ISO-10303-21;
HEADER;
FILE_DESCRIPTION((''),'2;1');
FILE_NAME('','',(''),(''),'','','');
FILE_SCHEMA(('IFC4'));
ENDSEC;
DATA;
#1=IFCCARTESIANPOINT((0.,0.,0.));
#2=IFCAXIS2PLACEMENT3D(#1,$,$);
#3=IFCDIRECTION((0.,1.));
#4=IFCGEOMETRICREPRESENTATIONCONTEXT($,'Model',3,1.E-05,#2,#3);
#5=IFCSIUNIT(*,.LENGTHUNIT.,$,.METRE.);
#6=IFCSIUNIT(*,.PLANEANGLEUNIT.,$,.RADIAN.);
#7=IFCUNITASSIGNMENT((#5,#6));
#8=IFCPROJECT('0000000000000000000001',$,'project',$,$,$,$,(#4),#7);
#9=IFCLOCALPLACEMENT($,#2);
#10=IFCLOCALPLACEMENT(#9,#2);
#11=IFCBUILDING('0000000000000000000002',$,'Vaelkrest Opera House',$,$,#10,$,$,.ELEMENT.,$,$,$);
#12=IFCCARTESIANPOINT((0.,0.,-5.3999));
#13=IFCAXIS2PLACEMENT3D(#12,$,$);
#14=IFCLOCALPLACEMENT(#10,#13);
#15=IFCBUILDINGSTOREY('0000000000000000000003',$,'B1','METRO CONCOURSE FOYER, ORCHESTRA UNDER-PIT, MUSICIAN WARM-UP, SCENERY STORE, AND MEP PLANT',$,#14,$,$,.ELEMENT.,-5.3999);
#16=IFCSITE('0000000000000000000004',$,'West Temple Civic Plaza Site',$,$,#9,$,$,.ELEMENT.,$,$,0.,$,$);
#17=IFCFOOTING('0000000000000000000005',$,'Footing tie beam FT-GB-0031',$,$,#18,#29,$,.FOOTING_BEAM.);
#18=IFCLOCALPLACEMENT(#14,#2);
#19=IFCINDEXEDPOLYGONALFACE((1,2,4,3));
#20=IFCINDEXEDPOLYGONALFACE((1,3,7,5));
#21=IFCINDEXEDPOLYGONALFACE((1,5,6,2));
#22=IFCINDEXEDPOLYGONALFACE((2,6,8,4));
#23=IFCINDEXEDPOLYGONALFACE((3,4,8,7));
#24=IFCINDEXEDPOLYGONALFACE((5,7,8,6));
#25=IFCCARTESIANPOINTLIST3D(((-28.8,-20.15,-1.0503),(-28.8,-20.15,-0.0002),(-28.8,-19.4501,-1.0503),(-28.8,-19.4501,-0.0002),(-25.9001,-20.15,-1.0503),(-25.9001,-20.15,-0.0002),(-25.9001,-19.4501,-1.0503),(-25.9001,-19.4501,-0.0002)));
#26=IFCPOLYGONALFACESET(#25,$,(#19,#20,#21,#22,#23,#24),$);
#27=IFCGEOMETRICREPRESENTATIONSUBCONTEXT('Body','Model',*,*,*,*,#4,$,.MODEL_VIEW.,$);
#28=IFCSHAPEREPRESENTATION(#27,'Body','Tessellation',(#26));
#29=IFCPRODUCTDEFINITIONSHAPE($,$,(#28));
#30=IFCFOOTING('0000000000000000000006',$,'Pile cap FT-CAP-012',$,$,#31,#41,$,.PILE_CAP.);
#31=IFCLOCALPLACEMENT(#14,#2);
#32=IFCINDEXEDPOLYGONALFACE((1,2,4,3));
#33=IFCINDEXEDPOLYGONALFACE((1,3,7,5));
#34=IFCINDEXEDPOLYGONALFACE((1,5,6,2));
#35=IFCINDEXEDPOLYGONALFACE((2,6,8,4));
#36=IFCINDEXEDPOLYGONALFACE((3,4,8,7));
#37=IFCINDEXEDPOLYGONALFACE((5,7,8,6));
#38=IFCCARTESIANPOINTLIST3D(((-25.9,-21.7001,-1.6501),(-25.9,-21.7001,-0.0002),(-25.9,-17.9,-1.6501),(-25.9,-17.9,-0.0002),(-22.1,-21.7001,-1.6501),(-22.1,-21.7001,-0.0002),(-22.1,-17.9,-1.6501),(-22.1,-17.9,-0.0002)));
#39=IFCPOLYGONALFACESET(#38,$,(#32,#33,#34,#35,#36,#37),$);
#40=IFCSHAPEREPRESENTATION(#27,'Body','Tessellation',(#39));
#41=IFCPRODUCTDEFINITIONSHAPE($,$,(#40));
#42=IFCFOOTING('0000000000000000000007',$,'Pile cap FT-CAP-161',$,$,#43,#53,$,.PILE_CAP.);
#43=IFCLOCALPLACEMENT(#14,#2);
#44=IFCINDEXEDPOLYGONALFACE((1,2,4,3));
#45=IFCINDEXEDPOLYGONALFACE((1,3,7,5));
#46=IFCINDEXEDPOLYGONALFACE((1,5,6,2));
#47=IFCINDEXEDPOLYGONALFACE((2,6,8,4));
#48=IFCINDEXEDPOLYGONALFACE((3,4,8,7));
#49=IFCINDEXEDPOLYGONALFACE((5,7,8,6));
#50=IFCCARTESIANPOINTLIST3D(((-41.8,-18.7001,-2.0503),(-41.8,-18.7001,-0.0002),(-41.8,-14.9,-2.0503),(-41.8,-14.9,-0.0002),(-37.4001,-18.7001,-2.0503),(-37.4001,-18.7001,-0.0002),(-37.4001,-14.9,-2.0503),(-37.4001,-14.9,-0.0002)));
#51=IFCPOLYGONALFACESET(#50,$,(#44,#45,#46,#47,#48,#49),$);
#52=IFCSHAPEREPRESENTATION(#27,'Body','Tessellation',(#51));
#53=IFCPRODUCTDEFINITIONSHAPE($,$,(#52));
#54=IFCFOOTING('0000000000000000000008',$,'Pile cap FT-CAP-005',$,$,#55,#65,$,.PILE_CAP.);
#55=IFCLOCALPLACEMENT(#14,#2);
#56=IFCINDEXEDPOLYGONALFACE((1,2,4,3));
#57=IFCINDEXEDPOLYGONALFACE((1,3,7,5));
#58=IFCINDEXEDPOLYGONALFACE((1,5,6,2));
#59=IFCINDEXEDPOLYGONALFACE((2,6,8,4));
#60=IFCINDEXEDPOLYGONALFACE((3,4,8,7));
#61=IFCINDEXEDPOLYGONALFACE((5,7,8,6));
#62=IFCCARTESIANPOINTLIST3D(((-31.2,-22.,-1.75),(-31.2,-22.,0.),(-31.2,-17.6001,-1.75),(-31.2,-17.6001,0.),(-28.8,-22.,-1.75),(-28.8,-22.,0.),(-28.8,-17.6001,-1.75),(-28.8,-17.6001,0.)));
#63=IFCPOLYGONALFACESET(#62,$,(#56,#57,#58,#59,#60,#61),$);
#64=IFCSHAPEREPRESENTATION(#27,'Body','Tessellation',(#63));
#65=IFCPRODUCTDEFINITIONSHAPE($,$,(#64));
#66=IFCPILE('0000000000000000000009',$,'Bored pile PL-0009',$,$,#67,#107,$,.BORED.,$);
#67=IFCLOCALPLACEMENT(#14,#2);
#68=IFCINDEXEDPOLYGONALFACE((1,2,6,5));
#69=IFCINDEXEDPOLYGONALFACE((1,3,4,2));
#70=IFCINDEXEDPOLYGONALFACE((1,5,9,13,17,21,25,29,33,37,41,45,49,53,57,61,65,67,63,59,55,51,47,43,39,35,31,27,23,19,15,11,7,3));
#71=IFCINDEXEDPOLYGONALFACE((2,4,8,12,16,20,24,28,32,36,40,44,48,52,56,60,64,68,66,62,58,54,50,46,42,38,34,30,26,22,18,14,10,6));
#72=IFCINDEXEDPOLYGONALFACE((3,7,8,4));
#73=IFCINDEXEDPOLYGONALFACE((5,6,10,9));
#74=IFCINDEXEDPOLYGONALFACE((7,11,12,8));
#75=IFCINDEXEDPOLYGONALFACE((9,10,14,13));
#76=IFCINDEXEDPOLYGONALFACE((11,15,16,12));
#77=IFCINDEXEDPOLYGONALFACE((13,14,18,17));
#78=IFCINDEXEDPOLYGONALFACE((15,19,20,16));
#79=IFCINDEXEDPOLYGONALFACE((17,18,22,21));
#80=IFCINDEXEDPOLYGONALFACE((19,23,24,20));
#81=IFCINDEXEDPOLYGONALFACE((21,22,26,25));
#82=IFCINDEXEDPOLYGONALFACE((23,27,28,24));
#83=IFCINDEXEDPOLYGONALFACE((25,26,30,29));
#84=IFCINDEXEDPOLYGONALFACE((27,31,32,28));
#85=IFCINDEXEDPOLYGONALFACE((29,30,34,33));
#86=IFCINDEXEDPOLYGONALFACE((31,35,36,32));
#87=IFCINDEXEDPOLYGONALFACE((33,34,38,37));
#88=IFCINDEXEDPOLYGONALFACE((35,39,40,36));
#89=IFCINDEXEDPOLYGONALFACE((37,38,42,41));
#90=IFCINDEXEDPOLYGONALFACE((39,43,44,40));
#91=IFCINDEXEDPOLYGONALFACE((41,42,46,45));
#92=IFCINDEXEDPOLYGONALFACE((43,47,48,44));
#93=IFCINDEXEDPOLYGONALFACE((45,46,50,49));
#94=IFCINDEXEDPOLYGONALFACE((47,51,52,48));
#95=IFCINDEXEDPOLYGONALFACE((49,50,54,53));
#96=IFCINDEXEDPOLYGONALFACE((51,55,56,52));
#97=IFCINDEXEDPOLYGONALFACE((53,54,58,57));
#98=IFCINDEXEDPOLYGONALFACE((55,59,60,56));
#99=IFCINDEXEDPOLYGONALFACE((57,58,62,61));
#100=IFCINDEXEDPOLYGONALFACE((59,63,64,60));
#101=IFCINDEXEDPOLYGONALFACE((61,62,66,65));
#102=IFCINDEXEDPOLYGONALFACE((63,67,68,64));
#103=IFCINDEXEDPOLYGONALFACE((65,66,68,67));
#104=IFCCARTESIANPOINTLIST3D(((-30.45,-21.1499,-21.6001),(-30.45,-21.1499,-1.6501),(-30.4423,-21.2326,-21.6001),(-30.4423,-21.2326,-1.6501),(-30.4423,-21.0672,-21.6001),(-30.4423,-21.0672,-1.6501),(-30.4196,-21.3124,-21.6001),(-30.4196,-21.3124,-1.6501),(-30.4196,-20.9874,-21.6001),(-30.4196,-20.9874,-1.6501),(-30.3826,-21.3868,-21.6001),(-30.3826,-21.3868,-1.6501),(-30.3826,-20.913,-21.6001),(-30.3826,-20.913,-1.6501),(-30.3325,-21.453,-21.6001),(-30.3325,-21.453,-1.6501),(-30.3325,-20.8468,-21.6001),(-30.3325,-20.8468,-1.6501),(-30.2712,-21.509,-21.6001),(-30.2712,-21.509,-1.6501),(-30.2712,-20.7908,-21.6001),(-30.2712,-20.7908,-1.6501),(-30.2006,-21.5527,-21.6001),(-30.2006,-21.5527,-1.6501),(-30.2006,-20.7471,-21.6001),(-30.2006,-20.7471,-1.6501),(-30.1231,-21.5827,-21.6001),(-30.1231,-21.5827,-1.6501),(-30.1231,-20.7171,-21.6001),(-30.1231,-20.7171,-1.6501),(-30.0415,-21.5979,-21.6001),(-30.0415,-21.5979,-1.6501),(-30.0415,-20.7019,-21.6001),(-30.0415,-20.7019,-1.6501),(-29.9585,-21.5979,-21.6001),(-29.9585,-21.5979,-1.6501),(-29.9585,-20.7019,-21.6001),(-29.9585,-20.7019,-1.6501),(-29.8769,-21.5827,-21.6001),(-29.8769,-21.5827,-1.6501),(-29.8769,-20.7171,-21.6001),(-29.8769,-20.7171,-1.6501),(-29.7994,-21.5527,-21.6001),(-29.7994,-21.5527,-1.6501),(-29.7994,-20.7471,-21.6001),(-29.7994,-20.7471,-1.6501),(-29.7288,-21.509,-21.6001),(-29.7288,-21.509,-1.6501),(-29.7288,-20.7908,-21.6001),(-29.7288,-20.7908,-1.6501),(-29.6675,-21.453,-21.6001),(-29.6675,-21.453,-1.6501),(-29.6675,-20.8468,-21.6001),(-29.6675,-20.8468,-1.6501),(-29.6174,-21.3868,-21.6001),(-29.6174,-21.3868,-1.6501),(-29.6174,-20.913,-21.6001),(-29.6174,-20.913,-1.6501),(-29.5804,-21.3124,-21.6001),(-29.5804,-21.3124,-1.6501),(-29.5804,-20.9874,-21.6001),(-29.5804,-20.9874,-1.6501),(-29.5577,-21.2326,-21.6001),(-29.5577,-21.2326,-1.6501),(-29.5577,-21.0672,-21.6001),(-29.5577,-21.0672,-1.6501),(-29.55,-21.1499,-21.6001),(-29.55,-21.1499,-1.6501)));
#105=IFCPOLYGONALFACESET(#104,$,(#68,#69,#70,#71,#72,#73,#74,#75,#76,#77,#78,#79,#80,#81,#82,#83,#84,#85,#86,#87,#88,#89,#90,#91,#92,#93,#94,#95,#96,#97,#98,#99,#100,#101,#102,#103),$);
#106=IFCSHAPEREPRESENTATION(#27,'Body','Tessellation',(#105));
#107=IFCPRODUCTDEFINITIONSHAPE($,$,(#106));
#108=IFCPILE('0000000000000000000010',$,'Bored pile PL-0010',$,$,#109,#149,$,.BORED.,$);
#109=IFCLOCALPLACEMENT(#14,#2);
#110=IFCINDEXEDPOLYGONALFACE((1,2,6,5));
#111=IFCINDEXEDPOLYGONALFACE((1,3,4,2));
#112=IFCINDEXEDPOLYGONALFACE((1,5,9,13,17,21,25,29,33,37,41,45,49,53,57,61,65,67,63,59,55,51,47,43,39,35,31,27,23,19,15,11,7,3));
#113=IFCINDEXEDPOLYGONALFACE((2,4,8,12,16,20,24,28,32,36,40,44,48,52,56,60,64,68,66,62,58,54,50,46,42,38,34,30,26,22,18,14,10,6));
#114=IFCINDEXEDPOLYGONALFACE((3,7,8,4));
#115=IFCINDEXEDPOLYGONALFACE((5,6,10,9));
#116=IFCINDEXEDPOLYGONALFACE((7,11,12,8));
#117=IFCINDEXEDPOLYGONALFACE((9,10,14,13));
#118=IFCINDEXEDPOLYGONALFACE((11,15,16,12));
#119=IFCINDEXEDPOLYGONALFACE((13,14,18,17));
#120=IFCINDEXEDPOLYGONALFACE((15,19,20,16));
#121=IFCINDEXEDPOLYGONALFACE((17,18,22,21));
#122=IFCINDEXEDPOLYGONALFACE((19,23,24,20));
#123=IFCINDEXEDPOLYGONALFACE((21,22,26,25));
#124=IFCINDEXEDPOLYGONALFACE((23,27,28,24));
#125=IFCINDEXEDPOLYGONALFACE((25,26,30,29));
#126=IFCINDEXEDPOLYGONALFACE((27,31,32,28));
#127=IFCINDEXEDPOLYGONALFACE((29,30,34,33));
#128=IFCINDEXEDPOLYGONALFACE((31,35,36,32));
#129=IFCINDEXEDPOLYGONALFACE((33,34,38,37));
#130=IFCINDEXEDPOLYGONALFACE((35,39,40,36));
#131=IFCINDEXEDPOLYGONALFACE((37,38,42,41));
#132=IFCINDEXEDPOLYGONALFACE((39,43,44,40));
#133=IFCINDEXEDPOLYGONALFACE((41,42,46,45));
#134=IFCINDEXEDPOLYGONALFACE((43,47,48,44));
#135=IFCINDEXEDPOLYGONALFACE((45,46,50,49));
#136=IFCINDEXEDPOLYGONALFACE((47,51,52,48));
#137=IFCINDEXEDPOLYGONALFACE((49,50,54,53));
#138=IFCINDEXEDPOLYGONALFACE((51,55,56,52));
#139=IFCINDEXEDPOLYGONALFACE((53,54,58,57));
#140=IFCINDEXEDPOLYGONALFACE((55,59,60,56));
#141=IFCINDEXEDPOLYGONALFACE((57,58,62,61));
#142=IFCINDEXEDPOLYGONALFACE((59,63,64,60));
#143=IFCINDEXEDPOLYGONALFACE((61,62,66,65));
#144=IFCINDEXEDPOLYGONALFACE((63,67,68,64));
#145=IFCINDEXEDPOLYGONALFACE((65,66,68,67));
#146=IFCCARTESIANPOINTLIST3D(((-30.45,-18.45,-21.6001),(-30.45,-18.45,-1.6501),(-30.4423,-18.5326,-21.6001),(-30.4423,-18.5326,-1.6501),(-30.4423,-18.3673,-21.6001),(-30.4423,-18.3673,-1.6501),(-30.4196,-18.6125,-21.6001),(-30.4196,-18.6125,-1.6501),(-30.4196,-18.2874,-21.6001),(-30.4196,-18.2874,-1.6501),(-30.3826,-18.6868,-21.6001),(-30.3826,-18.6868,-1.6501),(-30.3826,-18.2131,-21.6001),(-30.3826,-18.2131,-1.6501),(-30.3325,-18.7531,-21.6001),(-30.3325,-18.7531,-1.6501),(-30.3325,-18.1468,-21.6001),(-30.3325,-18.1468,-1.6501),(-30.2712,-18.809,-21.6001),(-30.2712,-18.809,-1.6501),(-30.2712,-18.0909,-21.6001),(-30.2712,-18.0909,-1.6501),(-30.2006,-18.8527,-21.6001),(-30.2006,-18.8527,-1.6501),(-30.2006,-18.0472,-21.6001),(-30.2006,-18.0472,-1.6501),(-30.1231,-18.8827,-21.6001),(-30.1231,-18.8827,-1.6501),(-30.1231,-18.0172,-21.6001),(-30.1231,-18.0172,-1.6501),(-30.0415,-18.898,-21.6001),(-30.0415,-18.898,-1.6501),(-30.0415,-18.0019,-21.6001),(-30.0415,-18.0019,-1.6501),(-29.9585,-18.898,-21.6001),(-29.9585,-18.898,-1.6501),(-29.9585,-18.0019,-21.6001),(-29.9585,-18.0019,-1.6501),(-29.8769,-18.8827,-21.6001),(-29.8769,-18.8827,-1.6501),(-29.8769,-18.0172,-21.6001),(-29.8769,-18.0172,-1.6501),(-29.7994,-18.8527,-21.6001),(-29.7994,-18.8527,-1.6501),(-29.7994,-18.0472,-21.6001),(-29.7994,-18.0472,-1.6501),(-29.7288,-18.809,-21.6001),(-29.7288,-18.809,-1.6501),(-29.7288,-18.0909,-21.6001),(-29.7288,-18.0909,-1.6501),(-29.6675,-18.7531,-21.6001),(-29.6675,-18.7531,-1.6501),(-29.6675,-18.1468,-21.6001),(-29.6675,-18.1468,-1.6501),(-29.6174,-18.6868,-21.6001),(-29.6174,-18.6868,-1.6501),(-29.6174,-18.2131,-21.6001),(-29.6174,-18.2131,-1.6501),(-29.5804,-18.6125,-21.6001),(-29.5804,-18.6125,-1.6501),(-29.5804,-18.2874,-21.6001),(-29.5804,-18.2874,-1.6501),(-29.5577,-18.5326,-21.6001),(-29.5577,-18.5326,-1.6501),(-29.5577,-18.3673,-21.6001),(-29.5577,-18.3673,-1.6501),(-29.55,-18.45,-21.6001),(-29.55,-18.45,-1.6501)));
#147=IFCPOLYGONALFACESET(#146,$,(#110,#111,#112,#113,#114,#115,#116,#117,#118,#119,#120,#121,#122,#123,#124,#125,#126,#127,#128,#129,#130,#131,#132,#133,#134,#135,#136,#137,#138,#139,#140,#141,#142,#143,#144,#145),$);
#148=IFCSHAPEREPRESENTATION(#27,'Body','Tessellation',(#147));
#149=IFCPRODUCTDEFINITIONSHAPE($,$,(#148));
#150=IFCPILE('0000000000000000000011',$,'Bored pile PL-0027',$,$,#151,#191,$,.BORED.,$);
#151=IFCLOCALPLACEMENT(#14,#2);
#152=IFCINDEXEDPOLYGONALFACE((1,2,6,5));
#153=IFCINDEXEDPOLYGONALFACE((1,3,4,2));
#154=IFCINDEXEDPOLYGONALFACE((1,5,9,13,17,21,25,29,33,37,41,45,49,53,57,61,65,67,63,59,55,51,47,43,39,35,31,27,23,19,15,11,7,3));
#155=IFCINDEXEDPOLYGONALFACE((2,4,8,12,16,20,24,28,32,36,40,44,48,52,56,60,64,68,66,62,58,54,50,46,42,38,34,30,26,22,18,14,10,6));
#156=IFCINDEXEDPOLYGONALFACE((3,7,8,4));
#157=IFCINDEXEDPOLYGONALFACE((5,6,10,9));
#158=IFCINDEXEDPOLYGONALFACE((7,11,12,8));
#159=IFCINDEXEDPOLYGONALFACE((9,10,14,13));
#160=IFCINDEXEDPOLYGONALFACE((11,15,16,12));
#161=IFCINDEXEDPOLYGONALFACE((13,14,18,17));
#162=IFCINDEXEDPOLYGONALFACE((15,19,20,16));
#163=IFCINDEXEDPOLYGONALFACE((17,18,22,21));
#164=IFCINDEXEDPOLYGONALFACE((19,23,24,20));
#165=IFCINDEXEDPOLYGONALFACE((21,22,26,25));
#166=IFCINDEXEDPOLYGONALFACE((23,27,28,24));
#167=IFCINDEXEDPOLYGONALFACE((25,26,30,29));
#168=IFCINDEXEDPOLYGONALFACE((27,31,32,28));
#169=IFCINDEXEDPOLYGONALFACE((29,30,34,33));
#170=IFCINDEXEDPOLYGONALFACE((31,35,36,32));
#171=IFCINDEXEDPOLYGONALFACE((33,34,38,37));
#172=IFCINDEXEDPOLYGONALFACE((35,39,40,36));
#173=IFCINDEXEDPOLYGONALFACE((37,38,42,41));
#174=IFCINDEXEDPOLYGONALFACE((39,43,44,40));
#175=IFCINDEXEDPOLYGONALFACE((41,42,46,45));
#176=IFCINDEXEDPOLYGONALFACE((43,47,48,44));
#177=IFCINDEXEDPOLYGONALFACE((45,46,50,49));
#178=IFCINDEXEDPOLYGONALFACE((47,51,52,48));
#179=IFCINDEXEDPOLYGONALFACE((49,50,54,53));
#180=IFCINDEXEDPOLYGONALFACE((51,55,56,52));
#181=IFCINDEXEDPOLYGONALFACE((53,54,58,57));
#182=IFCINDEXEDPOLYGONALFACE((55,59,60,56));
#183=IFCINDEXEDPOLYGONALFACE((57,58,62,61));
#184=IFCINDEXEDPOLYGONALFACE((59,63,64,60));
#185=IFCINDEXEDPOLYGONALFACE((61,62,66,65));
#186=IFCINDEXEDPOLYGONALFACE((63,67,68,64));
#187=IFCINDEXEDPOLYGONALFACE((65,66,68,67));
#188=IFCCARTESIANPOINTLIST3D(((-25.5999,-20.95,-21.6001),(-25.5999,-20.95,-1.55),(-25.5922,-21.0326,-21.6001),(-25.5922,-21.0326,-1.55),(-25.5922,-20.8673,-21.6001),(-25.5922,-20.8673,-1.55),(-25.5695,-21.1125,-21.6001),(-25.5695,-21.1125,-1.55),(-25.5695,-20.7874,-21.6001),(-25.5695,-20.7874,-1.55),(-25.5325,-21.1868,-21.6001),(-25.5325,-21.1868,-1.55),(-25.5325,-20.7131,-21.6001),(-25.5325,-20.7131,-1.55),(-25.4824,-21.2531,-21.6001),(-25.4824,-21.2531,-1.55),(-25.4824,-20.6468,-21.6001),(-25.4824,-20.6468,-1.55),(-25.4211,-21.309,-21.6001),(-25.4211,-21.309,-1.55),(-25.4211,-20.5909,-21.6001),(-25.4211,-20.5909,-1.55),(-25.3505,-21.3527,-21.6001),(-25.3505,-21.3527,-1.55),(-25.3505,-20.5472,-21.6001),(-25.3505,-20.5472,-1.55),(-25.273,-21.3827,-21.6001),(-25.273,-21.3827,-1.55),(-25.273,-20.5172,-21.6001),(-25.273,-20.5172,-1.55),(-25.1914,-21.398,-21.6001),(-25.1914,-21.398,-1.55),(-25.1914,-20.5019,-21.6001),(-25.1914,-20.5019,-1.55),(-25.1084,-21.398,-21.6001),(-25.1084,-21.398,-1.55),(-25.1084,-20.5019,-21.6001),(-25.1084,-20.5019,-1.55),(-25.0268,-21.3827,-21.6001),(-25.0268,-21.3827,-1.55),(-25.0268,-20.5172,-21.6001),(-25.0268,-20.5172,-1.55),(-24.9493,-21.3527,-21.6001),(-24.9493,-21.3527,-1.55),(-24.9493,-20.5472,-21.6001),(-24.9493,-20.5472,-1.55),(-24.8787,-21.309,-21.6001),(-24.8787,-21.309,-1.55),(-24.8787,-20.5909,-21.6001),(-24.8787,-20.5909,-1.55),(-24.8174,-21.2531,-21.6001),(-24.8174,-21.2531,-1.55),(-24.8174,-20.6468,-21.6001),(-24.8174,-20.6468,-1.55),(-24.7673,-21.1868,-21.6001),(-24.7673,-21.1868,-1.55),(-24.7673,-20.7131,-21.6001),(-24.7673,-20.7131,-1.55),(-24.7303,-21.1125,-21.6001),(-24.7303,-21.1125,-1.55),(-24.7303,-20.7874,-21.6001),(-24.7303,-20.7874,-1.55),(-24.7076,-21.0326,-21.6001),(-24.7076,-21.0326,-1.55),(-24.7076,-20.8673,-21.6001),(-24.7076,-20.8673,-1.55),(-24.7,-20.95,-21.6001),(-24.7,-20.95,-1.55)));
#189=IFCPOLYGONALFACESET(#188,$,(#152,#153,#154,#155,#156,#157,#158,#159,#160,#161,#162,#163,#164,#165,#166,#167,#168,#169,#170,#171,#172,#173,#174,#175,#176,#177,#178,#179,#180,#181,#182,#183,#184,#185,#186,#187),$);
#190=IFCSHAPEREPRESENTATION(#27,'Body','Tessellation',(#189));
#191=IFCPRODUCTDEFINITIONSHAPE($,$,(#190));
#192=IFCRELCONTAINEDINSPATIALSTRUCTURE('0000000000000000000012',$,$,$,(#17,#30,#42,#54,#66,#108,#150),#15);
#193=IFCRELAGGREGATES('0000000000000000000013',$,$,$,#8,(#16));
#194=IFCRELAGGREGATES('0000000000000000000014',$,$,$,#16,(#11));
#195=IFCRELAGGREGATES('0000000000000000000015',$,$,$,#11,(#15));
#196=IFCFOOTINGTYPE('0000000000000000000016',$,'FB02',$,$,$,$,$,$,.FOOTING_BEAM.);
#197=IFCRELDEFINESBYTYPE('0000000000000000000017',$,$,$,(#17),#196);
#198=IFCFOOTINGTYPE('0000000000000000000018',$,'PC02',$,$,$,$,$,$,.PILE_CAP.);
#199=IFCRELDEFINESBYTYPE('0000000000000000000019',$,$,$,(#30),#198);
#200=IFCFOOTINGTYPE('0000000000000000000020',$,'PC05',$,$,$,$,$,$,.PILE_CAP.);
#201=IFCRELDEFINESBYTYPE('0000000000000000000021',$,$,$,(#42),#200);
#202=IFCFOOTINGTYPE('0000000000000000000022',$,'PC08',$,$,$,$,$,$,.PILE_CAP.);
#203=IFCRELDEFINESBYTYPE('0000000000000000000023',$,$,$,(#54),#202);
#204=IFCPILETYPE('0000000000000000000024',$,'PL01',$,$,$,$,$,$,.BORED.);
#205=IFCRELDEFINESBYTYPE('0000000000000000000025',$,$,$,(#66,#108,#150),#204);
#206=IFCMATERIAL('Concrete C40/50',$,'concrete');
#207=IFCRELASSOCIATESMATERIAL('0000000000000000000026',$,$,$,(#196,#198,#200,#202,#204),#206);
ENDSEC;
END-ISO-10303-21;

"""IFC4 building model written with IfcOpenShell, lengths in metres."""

from ifc_helpers import new_model, si_unit, direction, frame, origin, origin_2d, place, context, subcontext, project, spatial, rectangle, circle, extrude, material, material_profile, profile_set, type_object, element, save


model = new_model("IFC4")

# Units and contexts
model_context = context("Model", 3, precision=1e-05, world=origin(), true_north=direction((0.0, 1.0)))
body_context = subcontext(model_context, "Body", "Model", "MODEL_VIEW")
ifc_project = project(units=[si_unit("LENGTHUNIT", "METRE"), si_unit("PLANEANGLEUNIT", "RADIAN")], contexts=[model_context])

# Site, building, storey
site_placement = place(None, origin())
site = spatial("IfcSite", under=ifc_project, at=site_placement, Name="West Temple Civic Plaza Site", CompositionType="ELEMENT", RefElevation=0.0)
building_placement = place(site_placement, origin())
building = spatial("IfcBuilding", under=site, at=building_placement, Name="Vaelkrest Opera House", CompositionType="ELEMENT")
storey_placement = place(building_placement, frame((0.0, 0.0, -5.3999)))
storey = spatial("IfcBuildingStorey", under=building, at=storey_placement, Name="B1", Description="METRO CONCOURSE FOYER, ORCHESTRA UNDER-PIT, MUSICIAN WARM-UP, SCENERY STORE, AND MEP PLANT", CompositionType="ELEMENT", Elevation=-5.3999)

# Footings
ifc_material_1 = material(Name="Concrete C40/50", Category="concrete")
footing_type_1 = type_object("IfcFootingType", Name="FB02", PredefinedType="FOOTING_BEAM", material=ifc_material_1)
footing_1_placement = place(storey_placement, frame((-27.3501, -19.8, -1.0503), z_axis=(0.0, 0.0, 1.0), x_axis=(1.0, 0.0, 0.0)))
element("IfcFooting", 1, at=footing_1_placement, inside=storey, type_object=footing_type_1, Name="Footing tie beam FT-GB-0031", PredefinedType="FOOTING_BEAM", context=body_context, shape_type="SweptSolid", body=[
    extrude(rectangle(XDim=2.8999, YDim=0.7, at=origin_2d()), origin(), (0.0, 0.0, 1.0), 1.05),
])
footing_type_2 = type_object("IfcFootingType", Name="PC02", PredefinedType="PILE_CAP", material=ifc_material_1)
footing_2_placement = place(storey_placement, frame((-24.0, -19.8, -1.6501), z_axis=(0.0, 0.0, 1.0), x_axis=(1.0, 0.0, 0.0)))
element("IfcFooting", 2, at=footing_2_placement, inside=storey, type_object=footing_type_2, Name="Pile cap FT-CAP-012", PredefinedType="PILE_CAP", context=body_context, shape_type="SweptSolid", body=[
    extrude(rectangle(XDim=3.8, YDim=3.8, at=origin_2d()), origin(), (0.0, 0.0, 1.0), 1.6499),
])
footing_type_3 = type_object("IfcFootingType", Name="PC05", PredefinedType="PILE_CAP", material=ifc_material_1)
footing_3_placement = place(storey_placement, frame((-39.6001, -16.8, -2.0503), z_axis=(0.0, 0.0, 1.0), x_axis=(1.0, 0.0, 0.0)))
element("IfcFooting", 3, at=footing_3_placement, inside=storey, type_object=footing_type_3, Name="Pile cap FT-CAP-161", PredefinedType="PILE_CAP", context=body_context, shape_type="SweptSolid", body=[
    extrude(rectangle(XDim=4.3999, YDim=3.8, at=origin_2d()), origin(), (0.0, 0.0, 1.0), 2.05),
])
footing_type_4 = type_object("IfcFootingType", Name="PC08", PredefinedType="PILE_CAP", material=ifc_material_1)
footing_4_placement = place(storey_placement, frame((-30.0, -19.8, -1.75), z_axis=(0.0, 0.0, 1.0), x_axis=(1.0, 0.0, 0.0)))
element("IfcFooting", 4, at=footing_4_placement, inside=storey, type_object=footing_type_4, Name="Pile cap FT-CAP-005", PredefinedType="PILE_CAP", context=body_context, shape_type="SweptSolid", body=[
    extrude(rectangle(XDim=2.3999, YDim=4.3999, at=origin_2d()), origin(), (0.0, 0.0, 1.0), 1.75),
])

# Piles
ifc_material_profile_1 = material_profile(ifc_material_1, circle(Radius=0.45, at=origin_2d()), Name="PILE900")
ifc_profile_set_1 = profile_set([ifc_material_profile_1], Name="Concrete C40/50")
pile_type = type_object("IfcPileType", Name="PL01", PredefinedType="BORED", material=ifc_profile_set_1)
for number, where, z_axis, x_axis, name in (
    (5, (-30.0, -21.1499, -1.6501), (0.0, 0.0, -1.0), (1.0, 0.0, 0.0), "Bored pile PL-0009"),
    (6, (-30.0, -18.45, -1.6501), (0.0, 0.0, -1.0), (1.0, 0.0, 0.0), "Bored pile PL-0010"),
):
    element("IfcPile", number, at=place(storey_placement, frame(where, z_axis=z_axis, x_axis=x_axis)), inside=storey, type_object=pile_type, Name=name, PredefinedType="BORED", context=body_context, shape_type="SweptSolid", body=[
        extrude(circle(Radius=0.45, at=origin_2d()), origin(), (0.0, 0.0, 1.0), 19.95),
    ])
for number, where, z_axis, x_axis, name in (
    (7, (-25.1499, -20.95, -1.55), (0.0, 0.0, -1.0), (1.0, 0.0, 0.0), "Bored pile PL-0027"),
):
    element("IfcPile", number, at=place(storey_placement, frame(where, z_axis=z_axis, x_axis=x_axis)), inside=storey, type_object=pile_type, Name=name, PredefinedType="BORED", context=body_context, shape_type="SweptSolid", body=[
        extrude(circle(Radius=0.45, at=origin_2d()), origin(), (0.0, 0.0, 1.0), 20.05),
    ])

save(model, "model.ifc")
